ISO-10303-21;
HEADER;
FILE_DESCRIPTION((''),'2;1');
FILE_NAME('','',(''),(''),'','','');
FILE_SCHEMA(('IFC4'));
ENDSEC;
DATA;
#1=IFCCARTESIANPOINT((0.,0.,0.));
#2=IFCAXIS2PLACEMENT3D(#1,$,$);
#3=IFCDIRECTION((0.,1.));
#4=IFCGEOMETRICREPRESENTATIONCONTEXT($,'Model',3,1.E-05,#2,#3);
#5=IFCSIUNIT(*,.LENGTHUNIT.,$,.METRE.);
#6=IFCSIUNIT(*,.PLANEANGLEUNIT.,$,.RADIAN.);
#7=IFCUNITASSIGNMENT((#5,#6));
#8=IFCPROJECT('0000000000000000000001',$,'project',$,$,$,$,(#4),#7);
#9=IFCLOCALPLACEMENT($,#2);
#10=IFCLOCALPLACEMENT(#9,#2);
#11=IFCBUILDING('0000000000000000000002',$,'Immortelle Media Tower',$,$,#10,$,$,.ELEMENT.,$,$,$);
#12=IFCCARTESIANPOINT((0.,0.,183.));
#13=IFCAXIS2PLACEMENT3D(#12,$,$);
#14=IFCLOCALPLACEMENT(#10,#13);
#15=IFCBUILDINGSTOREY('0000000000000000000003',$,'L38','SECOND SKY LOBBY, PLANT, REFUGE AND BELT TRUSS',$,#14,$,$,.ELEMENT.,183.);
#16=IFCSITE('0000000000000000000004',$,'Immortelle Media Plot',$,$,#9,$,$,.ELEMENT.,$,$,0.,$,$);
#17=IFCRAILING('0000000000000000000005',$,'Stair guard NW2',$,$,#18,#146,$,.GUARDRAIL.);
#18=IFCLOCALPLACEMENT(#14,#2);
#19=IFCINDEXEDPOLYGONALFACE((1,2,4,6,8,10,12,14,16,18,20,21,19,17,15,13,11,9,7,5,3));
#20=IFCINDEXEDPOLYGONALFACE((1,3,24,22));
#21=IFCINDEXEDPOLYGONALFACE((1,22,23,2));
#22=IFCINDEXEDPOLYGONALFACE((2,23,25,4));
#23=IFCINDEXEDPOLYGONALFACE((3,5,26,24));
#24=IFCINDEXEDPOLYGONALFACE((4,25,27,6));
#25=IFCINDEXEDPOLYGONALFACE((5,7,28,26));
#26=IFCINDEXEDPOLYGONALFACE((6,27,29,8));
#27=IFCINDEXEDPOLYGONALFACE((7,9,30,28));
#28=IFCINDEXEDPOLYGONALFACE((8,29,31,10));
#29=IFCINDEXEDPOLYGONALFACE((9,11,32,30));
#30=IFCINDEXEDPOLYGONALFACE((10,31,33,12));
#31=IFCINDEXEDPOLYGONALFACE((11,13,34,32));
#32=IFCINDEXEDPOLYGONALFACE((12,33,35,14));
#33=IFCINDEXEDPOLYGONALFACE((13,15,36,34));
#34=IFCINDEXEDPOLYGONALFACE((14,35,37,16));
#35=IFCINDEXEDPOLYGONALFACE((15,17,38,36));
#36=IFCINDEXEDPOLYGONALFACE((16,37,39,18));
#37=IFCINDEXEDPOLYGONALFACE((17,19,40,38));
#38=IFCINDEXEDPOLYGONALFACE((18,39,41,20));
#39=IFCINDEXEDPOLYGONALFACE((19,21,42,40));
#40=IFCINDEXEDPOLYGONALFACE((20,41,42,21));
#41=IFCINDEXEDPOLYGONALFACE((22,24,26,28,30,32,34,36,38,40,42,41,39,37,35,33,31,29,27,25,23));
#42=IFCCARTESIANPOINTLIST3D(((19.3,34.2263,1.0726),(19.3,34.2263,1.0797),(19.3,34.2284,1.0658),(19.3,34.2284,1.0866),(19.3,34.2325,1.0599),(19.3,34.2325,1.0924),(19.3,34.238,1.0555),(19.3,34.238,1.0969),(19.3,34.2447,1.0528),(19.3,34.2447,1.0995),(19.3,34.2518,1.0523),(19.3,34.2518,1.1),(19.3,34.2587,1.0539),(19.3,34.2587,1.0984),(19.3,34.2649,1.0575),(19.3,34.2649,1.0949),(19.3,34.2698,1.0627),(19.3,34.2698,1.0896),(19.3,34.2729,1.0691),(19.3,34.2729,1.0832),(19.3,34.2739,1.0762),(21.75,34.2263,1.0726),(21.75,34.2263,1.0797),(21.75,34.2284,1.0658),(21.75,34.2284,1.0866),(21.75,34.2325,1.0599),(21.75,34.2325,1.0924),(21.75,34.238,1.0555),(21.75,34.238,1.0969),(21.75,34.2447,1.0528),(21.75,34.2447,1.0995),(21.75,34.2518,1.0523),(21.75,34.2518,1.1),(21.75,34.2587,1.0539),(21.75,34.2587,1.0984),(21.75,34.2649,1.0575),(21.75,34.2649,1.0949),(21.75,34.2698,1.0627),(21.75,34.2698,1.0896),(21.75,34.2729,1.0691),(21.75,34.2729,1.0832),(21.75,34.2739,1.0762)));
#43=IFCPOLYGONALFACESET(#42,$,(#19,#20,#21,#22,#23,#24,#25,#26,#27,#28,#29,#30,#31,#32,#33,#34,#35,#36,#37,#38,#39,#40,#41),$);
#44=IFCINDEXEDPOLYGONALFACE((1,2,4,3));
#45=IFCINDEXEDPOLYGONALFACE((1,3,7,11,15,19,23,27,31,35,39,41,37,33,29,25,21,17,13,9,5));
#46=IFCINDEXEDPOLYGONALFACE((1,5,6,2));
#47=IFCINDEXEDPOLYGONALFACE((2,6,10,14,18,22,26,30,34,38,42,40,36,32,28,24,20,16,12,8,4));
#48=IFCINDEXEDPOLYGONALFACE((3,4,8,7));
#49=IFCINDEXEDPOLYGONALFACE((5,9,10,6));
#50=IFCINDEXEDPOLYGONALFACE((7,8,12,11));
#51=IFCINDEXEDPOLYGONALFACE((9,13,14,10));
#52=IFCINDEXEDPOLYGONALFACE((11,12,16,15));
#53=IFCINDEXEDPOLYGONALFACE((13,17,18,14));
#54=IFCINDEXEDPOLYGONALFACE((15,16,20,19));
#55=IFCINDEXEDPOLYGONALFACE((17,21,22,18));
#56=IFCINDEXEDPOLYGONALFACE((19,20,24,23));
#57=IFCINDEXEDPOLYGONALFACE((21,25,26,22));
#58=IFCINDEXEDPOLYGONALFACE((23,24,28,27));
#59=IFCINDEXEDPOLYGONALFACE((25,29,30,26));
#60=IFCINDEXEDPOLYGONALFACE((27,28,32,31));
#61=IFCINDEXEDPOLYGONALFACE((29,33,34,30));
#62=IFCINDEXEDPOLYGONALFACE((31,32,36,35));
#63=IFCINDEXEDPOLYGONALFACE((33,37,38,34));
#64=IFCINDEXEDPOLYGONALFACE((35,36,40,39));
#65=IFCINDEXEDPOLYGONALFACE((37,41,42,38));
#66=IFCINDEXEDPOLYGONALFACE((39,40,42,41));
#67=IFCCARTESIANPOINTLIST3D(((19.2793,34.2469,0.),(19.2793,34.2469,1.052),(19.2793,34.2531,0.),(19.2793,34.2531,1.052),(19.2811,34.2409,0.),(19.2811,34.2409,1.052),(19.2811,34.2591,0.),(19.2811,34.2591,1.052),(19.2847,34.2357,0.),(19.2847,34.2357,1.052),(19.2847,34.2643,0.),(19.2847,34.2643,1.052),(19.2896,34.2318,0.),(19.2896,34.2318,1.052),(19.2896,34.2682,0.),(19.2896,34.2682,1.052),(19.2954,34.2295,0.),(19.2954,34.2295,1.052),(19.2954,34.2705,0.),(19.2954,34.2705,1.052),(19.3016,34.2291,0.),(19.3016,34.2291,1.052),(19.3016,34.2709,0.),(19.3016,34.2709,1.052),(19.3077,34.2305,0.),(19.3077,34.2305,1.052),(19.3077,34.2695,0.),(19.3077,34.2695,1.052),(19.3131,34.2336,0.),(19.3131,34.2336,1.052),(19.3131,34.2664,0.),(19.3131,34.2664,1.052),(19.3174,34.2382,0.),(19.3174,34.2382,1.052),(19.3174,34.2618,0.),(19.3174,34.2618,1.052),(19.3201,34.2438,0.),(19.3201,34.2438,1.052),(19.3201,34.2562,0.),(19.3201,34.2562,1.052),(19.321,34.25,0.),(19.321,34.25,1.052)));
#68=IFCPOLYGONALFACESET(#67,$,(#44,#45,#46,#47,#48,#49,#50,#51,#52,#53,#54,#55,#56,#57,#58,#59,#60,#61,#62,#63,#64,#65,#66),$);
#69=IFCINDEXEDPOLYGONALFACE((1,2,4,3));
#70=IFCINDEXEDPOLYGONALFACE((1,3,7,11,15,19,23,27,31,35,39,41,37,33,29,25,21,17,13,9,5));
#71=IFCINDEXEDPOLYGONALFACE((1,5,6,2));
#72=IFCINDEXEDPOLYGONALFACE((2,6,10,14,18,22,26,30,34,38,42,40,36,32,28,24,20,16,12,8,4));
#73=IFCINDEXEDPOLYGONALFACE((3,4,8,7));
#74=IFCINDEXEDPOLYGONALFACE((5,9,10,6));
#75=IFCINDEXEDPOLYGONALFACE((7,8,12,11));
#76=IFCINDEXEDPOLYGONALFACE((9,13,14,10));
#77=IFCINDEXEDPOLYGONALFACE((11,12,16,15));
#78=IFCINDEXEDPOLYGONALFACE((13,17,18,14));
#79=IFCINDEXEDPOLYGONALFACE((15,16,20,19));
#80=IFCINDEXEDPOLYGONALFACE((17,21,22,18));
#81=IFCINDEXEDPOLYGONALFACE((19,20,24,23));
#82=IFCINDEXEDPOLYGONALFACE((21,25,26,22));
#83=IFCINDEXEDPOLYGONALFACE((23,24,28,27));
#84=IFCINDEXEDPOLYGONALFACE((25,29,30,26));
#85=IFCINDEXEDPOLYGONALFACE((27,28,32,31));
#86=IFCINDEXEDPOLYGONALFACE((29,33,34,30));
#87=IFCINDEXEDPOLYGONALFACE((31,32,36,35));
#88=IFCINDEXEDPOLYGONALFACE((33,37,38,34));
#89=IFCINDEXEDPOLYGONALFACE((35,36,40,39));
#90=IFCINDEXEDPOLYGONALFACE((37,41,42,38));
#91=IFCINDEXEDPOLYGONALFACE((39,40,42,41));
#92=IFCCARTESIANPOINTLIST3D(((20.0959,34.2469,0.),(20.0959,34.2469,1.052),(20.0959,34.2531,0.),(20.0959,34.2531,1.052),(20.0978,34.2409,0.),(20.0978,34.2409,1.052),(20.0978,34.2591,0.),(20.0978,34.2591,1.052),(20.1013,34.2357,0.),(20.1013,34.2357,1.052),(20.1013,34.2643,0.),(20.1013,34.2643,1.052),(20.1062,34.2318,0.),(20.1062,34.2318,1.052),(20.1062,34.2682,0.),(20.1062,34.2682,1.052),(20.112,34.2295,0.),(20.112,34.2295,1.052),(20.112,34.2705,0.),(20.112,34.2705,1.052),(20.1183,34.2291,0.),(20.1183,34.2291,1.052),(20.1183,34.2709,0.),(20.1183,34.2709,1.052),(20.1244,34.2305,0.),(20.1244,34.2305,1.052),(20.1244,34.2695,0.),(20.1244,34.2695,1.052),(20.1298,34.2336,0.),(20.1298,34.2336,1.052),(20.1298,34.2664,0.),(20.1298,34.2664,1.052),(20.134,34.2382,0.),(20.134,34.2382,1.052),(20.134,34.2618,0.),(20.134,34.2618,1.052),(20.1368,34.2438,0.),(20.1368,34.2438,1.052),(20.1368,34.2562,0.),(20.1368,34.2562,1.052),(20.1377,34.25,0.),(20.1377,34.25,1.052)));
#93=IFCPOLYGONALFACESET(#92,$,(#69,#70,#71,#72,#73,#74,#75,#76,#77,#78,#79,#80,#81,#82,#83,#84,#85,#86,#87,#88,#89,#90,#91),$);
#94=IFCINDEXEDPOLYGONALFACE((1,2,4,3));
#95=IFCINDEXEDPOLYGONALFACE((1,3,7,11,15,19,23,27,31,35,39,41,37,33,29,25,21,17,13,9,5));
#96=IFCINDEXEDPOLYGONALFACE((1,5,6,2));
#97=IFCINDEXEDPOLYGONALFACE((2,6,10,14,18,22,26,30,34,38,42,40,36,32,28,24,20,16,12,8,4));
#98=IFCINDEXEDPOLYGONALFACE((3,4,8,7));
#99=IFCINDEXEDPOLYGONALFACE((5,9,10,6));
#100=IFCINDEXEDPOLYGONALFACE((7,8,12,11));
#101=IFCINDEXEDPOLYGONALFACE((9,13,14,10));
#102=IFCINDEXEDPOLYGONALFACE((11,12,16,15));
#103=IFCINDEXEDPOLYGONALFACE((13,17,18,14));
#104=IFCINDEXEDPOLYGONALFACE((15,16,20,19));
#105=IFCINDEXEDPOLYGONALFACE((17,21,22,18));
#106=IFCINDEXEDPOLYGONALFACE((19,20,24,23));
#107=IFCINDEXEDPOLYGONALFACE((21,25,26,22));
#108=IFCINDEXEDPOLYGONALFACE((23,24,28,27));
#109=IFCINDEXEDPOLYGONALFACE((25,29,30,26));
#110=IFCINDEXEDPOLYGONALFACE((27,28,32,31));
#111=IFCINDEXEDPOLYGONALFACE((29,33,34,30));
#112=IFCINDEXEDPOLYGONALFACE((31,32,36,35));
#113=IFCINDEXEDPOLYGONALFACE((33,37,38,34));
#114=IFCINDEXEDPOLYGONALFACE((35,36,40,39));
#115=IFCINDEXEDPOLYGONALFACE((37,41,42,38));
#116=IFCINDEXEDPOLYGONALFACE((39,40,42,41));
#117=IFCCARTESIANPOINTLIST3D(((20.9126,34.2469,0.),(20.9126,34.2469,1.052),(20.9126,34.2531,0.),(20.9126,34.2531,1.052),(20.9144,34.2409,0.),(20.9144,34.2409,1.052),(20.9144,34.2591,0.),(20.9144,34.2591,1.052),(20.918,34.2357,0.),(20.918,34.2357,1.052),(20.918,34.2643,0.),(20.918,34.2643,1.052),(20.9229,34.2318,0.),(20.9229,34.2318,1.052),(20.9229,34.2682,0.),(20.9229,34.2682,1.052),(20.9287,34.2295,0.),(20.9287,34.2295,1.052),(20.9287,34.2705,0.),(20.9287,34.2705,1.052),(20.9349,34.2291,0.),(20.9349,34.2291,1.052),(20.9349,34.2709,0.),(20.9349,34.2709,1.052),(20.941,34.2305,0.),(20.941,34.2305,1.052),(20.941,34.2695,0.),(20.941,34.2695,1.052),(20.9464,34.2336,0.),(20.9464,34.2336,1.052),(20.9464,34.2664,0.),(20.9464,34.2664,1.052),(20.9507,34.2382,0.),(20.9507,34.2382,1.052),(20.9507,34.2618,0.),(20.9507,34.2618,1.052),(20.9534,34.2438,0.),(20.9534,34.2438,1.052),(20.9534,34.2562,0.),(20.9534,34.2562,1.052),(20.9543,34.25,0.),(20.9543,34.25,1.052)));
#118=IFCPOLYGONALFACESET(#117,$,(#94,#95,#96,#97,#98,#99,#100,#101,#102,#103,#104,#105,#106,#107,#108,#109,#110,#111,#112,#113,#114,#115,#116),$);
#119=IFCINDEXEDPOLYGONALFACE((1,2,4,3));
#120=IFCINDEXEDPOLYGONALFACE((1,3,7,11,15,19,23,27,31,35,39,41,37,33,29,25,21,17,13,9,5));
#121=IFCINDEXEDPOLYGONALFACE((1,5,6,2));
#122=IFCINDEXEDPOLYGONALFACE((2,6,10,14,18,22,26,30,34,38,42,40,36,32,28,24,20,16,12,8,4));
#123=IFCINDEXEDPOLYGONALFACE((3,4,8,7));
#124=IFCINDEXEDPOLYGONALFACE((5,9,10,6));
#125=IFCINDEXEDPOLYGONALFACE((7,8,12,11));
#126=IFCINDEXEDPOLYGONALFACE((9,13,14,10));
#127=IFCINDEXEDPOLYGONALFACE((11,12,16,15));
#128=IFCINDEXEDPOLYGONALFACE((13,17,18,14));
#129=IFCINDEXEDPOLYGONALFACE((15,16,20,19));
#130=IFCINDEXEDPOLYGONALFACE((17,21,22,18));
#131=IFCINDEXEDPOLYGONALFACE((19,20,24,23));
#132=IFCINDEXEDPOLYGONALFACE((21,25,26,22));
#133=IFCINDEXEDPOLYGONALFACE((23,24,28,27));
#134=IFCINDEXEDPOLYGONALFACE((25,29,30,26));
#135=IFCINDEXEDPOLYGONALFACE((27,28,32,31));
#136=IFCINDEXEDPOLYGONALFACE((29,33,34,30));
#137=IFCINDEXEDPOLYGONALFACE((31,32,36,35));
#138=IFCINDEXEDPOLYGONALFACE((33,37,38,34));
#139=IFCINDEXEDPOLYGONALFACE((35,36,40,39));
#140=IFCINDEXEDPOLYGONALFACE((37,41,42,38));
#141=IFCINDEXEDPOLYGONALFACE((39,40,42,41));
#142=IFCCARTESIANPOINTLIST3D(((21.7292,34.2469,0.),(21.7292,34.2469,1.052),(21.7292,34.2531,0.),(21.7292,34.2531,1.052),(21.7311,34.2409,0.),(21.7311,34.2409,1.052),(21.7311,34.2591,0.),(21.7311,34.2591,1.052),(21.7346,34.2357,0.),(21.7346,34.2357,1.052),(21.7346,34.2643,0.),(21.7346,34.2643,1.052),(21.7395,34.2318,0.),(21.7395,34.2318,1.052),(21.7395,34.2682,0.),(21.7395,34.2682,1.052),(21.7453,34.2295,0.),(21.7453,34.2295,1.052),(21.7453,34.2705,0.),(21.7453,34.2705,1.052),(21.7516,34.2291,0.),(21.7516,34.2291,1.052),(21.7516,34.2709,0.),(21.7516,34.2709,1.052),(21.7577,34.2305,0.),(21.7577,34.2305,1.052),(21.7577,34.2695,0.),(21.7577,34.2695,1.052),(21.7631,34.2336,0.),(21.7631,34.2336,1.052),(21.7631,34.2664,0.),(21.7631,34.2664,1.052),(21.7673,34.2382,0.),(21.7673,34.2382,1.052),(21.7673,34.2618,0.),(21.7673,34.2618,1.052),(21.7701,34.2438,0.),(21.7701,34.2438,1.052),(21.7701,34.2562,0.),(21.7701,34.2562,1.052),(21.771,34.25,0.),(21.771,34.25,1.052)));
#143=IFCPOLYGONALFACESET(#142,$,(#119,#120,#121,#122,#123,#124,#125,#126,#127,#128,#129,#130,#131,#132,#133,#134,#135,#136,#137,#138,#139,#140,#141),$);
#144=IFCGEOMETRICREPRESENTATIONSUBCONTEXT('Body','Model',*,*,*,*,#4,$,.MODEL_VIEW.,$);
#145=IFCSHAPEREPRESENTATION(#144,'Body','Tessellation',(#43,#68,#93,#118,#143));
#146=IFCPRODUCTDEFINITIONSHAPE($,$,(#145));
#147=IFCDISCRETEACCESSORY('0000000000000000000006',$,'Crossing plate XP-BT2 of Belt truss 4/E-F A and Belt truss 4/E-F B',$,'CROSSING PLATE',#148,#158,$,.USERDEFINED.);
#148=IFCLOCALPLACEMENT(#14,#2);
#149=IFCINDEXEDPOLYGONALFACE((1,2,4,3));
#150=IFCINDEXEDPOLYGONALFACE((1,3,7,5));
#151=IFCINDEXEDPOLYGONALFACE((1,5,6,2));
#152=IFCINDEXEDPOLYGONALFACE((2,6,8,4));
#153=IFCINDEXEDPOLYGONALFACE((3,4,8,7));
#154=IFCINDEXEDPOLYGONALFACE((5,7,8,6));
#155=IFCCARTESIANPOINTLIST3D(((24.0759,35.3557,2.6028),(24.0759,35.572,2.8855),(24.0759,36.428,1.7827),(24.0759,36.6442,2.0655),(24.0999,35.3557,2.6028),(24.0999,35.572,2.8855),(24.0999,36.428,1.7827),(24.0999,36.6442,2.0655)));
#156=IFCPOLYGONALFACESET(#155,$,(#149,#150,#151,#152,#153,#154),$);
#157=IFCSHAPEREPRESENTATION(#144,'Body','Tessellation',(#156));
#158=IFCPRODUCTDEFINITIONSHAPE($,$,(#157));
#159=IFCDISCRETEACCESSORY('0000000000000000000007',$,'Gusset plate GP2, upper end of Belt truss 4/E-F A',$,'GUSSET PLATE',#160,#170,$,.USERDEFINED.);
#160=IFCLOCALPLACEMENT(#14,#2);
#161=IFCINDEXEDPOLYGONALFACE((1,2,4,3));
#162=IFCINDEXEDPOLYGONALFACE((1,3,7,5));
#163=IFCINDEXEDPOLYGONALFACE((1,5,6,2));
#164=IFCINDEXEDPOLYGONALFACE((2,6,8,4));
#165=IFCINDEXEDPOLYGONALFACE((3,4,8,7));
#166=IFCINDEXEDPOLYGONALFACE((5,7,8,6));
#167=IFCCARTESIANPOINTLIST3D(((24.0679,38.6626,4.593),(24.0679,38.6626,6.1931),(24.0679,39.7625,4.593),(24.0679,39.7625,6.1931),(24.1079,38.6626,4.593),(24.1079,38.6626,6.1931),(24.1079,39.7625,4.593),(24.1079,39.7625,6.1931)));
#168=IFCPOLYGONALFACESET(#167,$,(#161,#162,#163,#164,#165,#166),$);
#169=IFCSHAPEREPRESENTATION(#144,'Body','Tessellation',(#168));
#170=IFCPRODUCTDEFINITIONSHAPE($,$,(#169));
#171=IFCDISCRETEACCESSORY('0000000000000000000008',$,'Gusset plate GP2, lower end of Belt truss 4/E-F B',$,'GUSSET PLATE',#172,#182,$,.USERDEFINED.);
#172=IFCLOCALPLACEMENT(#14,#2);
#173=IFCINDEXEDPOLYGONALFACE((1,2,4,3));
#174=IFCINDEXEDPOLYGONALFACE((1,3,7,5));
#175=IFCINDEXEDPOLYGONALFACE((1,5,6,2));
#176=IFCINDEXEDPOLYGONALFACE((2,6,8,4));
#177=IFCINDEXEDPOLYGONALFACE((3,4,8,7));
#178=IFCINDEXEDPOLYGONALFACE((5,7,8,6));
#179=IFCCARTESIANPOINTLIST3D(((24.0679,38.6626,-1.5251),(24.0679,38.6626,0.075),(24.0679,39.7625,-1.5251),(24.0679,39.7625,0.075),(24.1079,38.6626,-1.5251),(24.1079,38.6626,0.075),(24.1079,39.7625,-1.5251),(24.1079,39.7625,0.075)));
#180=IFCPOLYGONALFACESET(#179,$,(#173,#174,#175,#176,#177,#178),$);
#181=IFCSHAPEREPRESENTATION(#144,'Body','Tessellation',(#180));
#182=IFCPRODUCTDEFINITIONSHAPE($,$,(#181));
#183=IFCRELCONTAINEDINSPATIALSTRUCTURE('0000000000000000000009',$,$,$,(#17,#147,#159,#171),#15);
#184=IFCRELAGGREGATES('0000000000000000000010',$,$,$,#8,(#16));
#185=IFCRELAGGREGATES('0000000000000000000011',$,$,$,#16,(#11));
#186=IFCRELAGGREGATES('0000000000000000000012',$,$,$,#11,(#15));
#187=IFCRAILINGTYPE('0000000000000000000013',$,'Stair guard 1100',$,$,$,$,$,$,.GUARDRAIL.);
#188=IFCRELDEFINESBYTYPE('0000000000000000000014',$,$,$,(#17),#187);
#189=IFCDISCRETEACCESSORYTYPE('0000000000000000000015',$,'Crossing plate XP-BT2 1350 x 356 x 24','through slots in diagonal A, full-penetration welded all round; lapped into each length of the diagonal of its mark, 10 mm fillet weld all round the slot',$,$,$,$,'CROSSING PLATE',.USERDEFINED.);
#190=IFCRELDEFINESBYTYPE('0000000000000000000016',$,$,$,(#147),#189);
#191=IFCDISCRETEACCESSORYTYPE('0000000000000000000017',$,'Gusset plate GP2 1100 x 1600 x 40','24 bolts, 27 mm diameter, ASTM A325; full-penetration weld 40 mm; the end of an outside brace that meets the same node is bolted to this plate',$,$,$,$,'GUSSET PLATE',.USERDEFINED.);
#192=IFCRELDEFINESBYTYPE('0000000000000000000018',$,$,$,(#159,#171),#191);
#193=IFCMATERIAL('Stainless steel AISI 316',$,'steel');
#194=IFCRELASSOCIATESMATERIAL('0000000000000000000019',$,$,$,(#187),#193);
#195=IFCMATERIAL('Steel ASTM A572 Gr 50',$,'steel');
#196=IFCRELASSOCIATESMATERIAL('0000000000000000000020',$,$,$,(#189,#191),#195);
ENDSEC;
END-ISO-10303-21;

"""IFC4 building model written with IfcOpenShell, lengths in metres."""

from ifc_helpers import new_model, si_unit, direction, frame, origin, origin_2d, place, context, subcontext, project, spatial, rectangle, circle, extrude, material, material_profile, profile_set, type_object, element, save


model = new_model("IFC4")

# Units and contexts
model_context = context("Model", 3, precision=1e-05, world=origin(), true_north=direction((0.0, 1.0)))
body_context = subcontext(model_context, "Body", "Model", "MODEL_VIEW")
ifc_project = project(units=[si_unit("LENGTHUNIT", "METRE"), si_unit("PLANEANGLEUNIT", "RADIAN")], contexts=[model_context])

# Site, building, storey
site_placement = place(None, origin())
site = spatial("IfcSite", under=ifc_project, at=site_placement, Name="Immortelle Media Plot", CompositionType="ELEMENT", RefElevation=0.0)
building_placement = place(site_placement, origin())
building = spatial("IfcBuilding", under=site, at=building_placement, Name="Immortelle Media Tower", CompositionType="ELEMENT")
storey_placement = place(building_placement, frame((0.0, 0.0, 183.0)))
storey = spatial("IfcBuildingStorey", under=building, at=storey_placement, Name="L38", Description="SECOND SKY LOBBY, PLANT, REFUGE AND BELT TRUSS", CompositionType="ELEMENT", Elevation=183.0)

# Railing
ifc_material_1 = material(Name="Stainless steel AISI 316", Category="steel")
railing_type = type_object("IfcRailingType", Name="Stair guard 1100", PredefinedType="GUARDRAIL", material=ifc_material_1)
railing_1_placement = place(storey_placement, frame((19.3, 34.25, 0.0)))
element("IfcRailing", 1, at=railing_1_placement, inside=storey, type_object=railing_type, Name="Stair guard NW2", PredefinedType="GUARDRAIL", context=body_context, shape_type="SweptSolid", body=[
    extrude(circle(Radius=0.0239, at=origin_2d()), frame((0.0, 0.0, 1.0762), z_axis=(1.0, 0.0, 0.0), x_axis=(0.0, 1.0, 0.0)), (0.0, 0.0, 1.0), 2.45),
    extrude(circle(Radius=0.021, at=origin_2d()), origin(), (0.0, 0.0, 1.0), 1.052),
    extrude(circle(Radius=0.021, at=origin_2d()), frame((0.8167, 0.0, 0.0)), (0.0, 0.0, 1.0), 1.052),
    extrude(circle(Radius=0.021, at=origin_2d()), frame((1.6333, 0.0, 0.0)), (0.0, 0.0, 1.0), 1.052),
    extrude(circle(Radius=0.021, at=origin_2d()), frame((2.45, 0.0, 0.0)), (0.0, 0.0, 1.0), 1.052),
])

# Discrete accessories
ifc_material_2 = material(Name="Steel ASTM A572 Gr 50", Category="steel")
ifc_material_profile_1 = material_profile(ifc_material_2, rectangle(XDim=0.0239, YDim=0.356, at=origin_2d()), Name="PL 24 x 356")
ifc_profile_set_1 = profile_set([ifc_material_profile_1], Name="Steel ASTM A572 Gr 50")
discrete_accessory_type_1 = type_object("IfcDiscreteAccessoryType", Name="Crossing plate XP-BT2 1350 x 356 x 24", Description="through slots in diagonal A, full-penetration welded all round; lapped into each length of the diagonal of its mark, 10 mm fillet weld all round the slot", ElementType="CROSSING PLATE", PredefinedType="USERDEFINED", material=ifc_profile_set_1)
discrete_accessory_placement = place(storey_placement, frame((24.0879, 35.4639, 2.7441), z_axis=(0.0, 0.794322, -0.607497), x_axis=(-1.0, 0.0, 0.0)))
element("IfcDiscreteAccessory", 2, at=discrete_accessory_placement, inside=storey, type_object=discrete_accessory_type_1, Name="Crossing plate XP-BT2 of Belt truss 4/E-F A and Belt truss 4/E-F B", ObjectType="CROSSING PLATE", PredefinedType="USERDEFINED", context=body_context, shape_type="SweptSolid", body=[
    extrude(rectangle(XDim=0.0239, YDim=0.356, at=origin_2d()), origin(), (0.0, 0.0, 1.0), 1.3499),
])
ifc_material_profile_2 = material_profile(ifc_material_2, rectangle(XDim=0.04, YDim=1.6001, at=origin_2d()), Name="PL 40 x 1600")
ifc_profile_set_2 = profile_set([ifc_material_profile_2], Name="Steel ASTM A572 Gr 50")
discrete_accessory_type_2 = type_object("IfcDiscreteAccessoryType", Name="Gusset plate GP2 1100 x 1600 x 40", Description="24 bolts, 27 mm diameter, ASTM A325; full-penetration weld 40 mm; the end of an outside brace that meets the same node is bolted to this plate", ElementType="GUSSET PLATE", PredefinedType="USERDEFINED", material=ifc_profile_set_2)
for number, where, z_axis, x_axis, name in (
    (3, (24.0879, 39.7625, 5.3931), (0.0, -1.0, 0.0), (1.0, 0.0, 0.0), "Gusset plate GP2, upper end of Belt truss 4/E-F A"),
    (4, (24.0879, 39.7625, -0.7251), (0.0, -1.0, 0.0), (1.0, 0.0, 0.0), "Gusset plate GP2, lower end of Belt truss 4/E-F B"),
):
    element("IfcDiscreteAccessory", number, at=place(storey_placement, frame(where, z_axis=z_axis, x_axis=x_axis)), inside=storey, type_object=discrete_accessory_type_2, Name=name, ObjectType="GUSSET PLATE", PredefinedType="USERDEFINED", context=body_context, shape_type="SweptSolid", body=[
        extrude(rectangle(XDim=0.04, YDim=1.6001, at=origin_2d()), origin(), (0.0, 0.0, 1.0), 1.0999),
    ])

save(model, "model.ifc")
